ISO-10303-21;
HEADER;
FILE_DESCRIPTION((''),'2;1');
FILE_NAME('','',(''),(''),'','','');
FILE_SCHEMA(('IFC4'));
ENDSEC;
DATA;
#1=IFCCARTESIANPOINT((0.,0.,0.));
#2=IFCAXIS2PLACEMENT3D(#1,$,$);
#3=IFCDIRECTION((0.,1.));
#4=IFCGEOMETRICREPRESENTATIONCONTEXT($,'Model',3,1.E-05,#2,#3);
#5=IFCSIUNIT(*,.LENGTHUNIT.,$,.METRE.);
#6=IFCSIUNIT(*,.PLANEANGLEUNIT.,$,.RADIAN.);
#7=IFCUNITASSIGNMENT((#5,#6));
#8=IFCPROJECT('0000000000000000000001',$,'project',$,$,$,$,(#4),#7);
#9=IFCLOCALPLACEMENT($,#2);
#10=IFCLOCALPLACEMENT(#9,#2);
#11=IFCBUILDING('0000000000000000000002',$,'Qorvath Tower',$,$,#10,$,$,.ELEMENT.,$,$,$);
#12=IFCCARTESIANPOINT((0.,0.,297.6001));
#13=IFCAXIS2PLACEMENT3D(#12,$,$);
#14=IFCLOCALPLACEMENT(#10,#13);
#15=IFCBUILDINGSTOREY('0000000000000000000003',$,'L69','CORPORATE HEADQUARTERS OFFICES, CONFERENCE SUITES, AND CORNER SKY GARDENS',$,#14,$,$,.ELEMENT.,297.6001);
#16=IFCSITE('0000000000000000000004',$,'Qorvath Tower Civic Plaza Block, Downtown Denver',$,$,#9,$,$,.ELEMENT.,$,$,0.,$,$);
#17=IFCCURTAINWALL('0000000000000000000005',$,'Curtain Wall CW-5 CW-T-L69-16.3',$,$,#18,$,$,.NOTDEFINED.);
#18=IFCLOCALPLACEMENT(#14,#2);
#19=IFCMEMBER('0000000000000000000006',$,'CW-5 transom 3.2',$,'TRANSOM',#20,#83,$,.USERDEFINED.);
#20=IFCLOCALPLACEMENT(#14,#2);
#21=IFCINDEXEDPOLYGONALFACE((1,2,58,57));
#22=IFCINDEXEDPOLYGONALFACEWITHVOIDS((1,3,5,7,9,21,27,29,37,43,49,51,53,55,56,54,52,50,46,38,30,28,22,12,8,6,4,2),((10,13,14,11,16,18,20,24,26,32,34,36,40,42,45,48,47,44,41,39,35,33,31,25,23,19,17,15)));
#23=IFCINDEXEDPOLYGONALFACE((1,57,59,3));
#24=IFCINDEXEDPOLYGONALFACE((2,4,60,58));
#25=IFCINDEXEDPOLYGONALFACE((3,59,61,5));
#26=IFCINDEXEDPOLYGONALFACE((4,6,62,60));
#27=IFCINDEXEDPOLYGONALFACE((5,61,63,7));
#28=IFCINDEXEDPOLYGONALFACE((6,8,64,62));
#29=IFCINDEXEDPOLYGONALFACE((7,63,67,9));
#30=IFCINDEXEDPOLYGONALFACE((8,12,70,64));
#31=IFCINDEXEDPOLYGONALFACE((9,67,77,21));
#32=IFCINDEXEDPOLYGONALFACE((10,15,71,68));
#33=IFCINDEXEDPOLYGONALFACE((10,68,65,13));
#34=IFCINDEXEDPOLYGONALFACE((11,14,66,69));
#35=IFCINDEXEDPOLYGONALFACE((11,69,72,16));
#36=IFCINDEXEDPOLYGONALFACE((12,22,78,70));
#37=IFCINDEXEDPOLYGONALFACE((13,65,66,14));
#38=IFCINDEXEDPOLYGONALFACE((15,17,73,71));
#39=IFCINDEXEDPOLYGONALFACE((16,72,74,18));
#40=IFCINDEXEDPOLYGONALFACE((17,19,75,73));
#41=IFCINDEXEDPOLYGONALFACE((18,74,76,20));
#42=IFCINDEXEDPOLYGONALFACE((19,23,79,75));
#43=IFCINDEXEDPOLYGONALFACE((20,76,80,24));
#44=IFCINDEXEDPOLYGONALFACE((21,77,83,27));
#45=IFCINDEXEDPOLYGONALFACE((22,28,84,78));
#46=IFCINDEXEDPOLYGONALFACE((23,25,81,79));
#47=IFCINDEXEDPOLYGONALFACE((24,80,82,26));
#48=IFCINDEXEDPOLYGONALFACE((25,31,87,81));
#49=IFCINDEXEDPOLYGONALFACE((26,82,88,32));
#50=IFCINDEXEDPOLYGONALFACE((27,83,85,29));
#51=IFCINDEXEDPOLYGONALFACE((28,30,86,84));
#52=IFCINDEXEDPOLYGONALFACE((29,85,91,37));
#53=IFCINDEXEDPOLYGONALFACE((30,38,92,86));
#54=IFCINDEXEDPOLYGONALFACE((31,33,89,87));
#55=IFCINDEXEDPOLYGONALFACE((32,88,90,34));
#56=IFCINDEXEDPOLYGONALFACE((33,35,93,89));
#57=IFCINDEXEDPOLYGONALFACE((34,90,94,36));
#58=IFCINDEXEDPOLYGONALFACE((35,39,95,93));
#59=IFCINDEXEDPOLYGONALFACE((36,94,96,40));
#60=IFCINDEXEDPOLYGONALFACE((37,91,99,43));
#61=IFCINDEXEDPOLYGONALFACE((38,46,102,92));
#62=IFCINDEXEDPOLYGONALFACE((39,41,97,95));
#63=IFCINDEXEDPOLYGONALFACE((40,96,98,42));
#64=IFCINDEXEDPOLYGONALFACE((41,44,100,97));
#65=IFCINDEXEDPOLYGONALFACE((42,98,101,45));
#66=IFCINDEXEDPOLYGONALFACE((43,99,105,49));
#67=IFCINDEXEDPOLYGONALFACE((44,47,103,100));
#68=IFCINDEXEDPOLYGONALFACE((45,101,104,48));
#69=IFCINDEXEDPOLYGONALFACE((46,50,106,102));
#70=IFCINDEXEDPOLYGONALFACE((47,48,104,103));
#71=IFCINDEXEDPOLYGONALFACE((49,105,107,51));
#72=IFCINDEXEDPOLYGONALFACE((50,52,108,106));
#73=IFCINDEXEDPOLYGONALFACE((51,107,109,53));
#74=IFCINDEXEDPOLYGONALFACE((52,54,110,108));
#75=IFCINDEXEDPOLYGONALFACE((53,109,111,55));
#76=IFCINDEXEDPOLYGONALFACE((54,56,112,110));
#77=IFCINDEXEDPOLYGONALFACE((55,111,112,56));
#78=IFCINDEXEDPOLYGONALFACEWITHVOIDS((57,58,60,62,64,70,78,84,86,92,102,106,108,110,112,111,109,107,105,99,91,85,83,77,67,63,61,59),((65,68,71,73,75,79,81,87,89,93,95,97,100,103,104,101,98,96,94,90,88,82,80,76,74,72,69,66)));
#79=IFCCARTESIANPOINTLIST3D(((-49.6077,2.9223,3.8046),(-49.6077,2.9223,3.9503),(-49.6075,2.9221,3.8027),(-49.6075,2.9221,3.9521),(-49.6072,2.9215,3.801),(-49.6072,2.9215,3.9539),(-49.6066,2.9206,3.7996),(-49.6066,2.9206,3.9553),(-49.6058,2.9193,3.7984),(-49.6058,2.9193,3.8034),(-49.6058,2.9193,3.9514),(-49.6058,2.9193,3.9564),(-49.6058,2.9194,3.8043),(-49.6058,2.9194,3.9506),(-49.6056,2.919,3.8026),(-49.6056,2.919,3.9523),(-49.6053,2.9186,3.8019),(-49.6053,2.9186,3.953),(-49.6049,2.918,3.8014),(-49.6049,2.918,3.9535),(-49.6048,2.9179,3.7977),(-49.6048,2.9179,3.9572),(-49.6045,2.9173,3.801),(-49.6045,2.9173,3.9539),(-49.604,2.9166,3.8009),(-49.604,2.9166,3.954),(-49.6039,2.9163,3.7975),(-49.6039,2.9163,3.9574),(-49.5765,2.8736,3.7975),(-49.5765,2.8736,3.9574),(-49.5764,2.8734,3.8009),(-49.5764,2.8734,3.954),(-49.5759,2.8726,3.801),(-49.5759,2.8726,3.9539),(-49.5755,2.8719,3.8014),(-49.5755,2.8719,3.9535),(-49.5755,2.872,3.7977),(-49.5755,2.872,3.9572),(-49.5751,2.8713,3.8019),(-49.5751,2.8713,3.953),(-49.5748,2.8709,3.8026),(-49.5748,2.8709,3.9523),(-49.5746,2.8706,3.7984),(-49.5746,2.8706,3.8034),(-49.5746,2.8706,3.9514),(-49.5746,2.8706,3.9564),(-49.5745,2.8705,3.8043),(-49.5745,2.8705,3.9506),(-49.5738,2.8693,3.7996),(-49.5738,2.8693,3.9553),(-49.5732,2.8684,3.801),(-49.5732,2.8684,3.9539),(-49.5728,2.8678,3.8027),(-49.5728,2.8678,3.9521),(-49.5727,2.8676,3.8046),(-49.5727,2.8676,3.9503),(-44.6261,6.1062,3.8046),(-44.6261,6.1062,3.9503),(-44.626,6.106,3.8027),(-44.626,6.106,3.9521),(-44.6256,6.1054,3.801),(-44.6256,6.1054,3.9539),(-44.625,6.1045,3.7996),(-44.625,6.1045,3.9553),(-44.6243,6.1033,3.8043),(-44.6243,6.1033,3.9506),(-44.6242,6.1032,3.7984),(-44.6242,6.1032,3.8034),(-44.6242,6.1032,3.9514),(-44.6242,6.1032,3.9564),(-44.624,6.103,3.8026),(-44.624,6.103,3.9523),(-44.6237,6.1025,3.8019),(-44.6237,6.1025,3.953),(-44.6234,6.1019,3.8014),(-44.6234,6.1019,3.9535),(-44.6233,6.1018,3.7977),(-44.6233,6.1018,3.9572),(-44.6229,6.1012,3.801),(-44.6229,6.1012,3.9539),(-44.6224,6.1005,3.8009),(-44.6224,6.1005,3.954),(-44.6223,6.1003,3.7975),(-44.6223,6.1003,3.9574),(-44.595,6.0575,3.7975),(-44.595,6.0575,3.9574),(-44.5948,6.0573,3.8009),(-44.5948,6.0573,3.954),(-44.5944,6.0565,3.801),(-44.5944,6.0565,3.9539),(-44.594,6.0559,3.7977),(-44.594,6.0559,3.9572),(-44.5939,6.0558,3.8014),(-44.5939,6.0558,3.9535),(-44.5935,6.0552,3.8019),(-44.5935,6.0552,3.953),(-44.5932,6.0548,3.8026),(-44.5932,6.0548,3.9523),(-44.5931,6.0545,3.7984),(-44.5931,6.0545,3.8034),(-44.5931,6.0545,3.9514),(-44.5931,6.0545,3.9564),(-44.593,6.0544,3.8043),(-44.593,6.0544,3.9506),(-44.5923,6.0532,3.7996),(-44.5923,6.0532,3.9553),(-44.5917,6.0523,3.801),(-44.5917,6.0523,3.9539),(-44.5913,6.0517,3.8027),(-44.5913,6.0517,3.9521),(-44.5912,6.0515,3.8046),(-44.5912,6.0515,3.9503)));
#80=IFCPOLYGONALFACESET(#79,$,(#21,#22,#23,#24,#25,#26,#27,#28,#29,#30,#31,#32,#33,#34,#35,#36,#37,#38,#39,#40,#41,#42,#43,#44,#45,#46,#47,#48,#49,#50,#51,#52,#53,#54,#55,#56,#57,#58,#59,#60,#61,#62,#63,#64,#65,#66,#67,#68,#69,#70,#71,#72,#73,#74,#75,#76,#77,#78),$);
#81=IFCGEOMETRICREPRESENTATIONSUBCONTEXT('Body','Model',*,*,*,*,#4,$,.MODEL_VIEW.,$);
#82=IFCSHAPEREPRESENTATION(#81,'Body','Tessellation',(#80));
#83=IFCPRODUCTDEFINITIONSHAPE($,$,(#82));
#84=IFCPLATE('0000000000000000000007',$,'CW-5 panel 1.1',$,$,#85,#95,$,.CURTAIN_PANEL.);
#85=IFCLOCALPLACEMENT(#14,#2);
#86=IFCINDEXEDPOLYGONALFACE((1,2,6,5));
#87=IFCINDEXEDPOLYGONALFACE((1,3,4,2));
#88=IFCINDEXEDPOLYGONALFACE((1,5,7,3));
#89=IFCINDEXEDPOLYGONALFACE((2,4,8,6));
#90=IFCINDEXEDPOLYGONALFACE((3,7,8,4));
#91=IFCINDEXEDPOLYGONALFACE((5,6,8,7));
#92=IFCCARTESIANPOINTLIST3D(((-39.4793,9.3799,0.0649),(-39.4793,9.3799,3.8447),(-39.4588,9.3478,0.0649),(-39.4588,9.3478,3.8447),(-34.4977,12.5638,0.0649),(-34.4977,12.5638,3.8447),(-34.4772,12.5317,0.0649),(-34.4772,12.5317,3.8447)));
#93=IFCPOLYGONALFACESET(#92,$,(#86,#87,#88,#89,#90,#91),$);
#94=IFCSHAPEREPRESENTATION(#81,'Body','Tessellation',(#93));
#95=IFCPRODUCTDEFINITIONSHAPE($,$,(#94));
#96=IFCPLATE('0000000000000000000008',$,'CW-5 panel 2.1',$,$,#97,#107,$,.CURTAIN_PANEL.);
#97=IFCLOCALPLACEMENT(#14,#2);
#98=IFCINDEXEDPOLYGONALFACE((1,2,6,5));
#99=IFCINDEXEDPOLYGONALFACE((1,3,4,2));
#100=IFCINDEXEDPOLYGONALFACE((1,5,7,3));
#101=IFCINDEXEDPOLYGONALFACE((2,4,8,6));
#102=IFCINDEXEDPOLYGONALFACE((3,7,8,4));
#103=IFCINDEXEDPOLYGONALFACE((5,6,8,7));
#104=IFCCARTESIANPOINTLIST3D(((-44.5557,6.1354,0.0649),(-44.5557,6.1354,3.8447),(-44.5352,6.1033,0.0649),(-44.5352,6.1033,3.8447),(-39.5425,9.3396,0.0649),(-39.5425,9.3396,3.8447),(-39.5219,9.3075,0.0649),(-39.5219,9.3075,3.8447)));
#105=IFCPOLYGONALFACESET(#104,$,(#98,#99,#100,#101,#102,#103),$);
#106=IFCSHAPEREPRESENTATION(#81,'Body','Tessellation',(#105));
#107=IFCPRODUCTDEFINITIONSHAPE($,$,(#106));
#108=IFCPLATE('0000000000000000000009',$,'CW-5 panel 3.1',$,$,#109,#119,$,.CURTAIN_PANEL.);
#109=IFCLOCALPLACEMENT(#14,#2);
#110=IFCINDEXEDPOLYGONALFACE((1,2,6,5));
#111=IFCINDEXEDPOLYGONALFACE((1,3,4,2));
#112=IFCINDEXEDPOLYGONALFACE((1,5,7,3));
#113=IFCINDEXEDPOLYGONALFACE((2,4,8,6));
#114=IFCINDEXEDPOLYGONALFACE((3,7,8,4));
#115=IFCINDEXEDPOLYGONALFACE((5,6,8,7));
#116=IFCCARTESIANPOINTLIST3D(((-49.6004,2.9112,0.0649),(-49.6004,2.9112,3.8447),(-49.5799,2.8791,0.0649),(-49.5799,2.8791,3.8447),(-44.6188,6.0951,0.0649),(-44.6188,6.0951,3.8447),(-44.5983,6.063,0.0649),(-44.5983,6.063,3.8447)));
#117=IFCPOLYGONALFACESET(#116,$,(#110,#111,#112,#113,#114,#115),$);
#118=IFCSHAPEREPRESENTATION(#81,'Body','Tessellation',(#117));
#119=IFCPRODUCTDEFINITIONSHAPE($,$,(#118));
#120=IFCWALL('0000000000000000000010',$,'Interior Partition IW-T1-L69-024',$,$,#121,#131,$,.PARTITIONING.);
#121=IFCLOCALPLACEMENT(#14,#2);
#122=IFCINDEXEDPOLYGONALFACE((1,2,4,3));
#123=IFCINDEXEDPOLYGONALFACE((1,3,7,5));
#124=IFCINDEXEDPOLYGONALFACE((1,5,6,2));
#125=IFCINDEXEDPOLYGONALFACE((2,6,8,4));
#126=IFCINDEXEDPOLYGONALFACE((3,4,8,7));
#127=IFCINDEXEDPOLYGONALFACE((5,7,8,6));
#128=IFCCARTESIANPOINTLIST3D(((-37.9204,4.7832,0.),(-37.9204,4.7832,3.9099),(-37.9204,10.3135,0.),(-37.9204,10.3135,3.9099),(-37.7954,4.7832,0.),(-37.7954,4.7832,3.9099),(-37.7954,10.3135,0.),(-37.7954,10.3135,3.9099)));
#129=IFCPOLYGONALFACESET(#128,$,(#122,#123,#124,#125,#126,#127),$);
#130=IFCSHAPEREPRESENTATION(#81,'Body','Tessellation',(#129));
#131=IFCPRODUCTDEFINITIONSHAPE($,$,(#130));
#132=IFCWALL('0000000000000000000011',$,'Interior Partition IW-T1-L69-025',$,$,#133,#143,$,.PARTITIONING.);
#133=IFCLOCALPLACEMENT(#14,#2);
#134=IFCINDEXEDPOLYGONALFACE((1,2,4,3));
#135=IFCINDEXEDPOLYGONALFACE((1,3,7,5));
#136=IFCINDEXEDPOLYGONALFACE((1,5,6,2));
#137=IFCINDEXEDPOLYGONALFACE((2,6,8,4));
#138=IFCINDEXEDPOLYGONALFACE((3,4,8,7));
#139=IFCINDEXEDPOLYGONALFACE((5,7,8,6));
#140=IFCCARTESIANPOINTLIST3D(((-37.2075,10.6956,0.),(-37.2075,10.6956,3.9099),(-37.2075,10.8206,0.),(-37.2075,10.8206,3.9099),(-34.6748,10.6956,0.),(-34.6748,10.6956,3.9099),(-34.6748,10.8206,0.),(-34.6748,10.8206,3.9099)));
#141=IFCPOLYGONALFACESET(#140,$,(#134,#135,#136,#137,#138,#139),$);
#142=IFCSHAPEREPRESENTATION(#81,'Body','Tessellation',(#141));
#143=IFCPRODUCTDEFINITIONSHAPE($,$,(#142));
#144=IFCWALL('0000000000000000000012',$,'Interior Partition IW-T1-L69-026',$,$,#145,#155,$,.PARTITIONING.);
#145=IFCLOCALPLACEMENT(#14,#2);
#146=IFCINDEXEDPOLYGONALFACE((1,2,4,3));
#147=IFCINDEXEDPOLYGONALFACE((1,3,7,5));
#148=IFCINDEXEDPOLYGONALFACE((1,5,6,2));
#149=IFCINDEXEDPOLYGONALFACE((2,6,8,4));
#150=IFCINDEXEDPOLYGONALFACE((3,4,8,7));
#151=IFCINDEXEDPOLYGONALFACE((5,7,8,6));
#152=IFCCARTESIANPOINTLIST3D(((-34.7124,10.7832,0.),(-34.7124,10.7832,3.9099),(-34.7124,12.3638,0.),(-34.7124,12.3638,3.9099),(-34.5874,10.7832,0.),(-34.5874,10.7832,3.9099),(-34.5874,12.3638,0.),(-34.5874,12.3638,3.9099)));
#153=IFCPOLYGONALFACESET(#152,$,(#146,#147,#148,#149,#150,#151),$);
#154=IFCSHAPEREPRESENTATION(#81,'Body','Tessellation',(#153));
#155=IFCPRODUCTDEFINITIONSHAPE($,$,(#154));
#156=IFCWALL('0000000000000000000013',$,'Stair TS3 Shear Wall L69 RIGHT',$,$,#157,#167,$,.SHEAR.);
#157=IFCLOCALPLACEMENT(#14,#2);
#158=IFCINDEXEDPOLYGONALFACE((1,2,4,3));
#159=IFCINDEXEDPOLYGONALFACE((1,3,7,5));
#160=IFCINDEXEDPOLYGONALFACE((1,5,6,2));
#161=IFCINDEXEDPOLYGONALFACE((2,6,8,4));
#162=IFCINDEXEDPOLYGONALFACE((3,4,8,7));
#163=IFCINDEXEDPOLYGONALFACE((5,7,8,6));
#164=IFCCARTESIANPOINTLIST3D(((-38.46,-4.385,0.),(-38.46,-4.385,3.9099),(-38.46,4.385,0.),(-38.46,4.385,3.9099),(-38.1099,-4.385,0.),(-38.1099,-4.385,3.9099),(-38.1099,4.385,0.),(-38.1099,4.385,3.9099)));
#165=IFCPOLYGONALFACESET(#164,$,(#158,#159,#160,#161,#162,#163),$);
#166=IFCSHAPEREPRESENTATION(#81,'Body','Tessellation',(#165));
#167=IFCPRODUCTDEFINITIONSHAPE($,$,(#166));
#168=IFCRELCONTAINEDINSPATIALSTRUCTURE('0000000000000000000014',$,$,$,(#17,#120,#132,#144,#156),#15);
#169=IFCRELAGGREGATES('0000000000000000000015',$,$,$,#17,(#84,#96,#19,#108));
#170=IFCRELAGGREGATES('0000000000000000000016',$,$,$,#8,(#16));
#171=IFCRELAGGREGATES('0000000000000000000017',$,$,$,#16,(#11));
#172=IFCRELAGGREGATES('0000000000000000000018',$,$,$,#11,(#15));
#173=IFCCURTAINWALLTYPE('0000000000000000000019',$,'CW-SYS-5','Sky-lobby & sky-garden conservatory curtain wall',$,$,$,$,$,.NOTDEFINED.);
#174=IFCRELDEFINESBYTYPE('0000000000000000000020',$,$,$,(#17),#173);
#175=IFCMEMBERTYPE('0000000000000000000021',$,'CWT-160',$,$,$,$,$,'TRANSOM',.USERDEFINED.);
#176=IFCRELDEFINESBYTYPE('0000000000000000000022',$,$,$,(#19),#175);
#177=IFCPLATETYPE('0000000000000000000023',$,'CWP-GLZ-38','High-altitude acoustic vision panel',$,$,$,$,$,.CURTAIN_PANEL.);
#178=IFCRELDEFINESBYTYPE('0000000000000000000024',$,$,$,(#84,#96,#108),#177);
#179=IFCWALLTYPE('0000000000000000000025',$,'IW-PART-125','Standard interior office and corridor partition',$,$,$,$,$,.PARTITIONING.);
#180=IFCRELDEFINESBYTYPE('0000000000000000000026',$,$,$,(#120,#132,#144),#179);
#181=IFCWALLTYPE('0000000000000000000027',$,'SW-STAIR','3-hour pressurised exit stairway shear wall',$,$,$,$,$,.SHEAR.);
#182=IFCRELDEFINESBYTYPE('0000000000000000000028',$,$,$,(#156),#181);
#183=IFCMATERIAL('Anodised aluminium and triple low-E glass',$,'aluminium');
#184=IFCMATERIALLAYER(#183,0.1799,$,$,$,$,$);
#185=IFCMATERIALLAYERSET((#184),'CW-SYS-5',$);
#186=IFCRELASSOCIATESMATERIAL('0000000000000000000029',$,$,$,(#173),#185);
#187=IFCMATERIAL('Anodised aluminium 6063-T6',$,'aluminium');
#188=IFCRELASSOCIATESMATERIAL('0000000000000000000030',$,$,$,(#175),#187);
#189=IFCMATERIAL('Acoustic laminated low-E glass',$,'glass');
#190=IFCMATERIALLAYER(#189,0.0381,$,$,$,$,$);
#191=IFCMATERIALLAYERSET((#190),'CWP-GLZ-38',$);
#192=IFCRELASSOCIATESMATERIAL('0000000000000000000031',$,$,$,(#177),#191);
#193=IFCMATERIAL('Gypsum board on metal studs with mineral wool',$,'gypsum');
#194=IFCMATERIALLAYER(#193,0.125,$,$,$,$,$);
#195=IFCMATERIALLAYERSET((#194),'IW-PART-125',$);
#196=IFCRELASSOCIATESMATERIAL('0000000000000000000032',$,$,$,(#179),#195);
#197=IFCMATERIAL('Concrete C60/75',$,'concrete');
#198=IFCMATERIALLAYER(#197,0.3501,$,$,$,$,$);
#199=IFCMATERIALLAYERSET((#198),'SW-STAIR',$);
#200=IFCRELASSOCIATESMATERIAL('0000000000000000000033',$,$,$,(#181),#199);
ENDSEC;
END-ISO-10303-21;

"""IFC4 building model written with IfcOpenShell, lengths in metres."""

from ifc_helpers import new_model, si_unit, direction, frame, frame_2d, origin, origin_2d, place, context, subcontext, project, spatial, rectangle, hollow_rectangle, extrude, material, layer, layer_set, material_profile, profile_set, type_object, element, aggregate, save


model = new_model("IFC4")

# Units and contexts
model_context = context("Model", 3, precision=1e-05, world=origin(), true_north=direction((0.0, 1.0)))
body_context = subcontext(model_context, "Body", "Model", "MODEL_VIEW")
ifc_project = project(units=[si_unit("LENGTHUNIT", "METRE"), si_unit("PLANEANGLEUNIT", "RADIAN")], contexts=[model_context])

# Site, building, storey
site_placement = place(None, origin())
site = spatial("IfcSite", under=ifc_project, at=site_placement, Name="Qorvath Tower Civic Plaza Block, Downtown Denver", CompositionType="ELEMENT", RefElevation=0.0)
building_placement = place(site_placement, origin())
building = spatial("IfcBuilding", under=site, at=building_placement, Name="Qorvath Tower", CompositionType="ELEMENT")
storey_placement = place(building_placement, frame((0.0, 0.0, 297.6001)))
storey = spatial("IfcBuildingStorey", under=building, at=storey_placement, Name="L69", Description="CORPORATE HEADQUARTERS OFFICES, CONFERENCE SUITES, AND CORNER SKY GARDENS", CompositionType="ELEMENT", Elevation=297.6001)

# Curtain wall, member, plates
ifc_material_1 = material(Name="Anodised aluminium and triple low-E glass", Category="aluminium")
ifc_layer_1 = layer(ifc_material_1, 0.1799)
ifc_layer_set_1 = layer_set([ifc_layer_1], Name="CW-SYS-5")
curtain_wall_type = type_object("IfcCurtainWallType", Name="CW-SYS-5", Description="Sky-lobby & sky-garden conservatory curtain wall", PredefinedType="NOTDEFINED", material=ifc_layer_set_1)
curtain_wall_placement = place(storey_placement, origin())
curtain_wall = element("IfcCurtainWall", 1, at=curtain_wall_placement, inside=storey, type_object=curtain_wall_type, Name="Curtain Wall CW-5 CW-T-L69-16.3", PredefinedType="NOTDEFINED")
ifc_material_2 = material(Name="Anodised aluminium 6063-T6", Category="aluminium")
ifc_material_profile_1 = material_profile(ifc_material_2, hollow_rectangle(XDim=0.0649, YDim=0.1599, WallThickness=0.0034, InnerFilletRadius=0.0034, OuterFilletRadius=0.0071, at=origin_2d()), Name="CWT 160x65")
ifc_profile_set_1 = profile_set([ifc_material_profile_1], Name="Anodised aluminium 6063-T6")
member_type_1 = type_object("IfcMemberType", Name="CWT-160", ElementType="TRANSOM", PredefinedType="USERDEFINED", material=ifc_profile_set_1)
member_1_placement = place(storey_placement, frame((-44.6086, 6.0789, 3.8774), z_axis=(-0.8426, -0.538539, 0.0), x_axis=(0.538539, -0.8426, 0.0)))
member_1 = element("IfcMember", 2, at=member_1_placement, type_object=member_type_1, Name="CW-5 transom 3.2", ObjectType="TRANSOM", PredefinedType="USERDEFINED", context=body_context, shape_type="SweptSolid", body=[
    extrude(hollow_rectangle(XDim=0.0649, YDim=0.1599, WallThickness=0.0034, InnerFilletRadius=0.0034, OuterFilletRadius=0.0071, at=origin_2d()), origin(), (0.0, 0.0, 1.0), 5.9121),
])
ifc_material_3 = material(Name="Acoustic laminated low-E glass", Category="glass")
ifc_layer_2 = layer(ifc_material_3, 0.0381)
ifc_layer_set_2 = layer_set([ifc_layer_2], Name="CWP-GLZ-38")
plate_type = type_object("IfcPlateType", Name="CWP-GLZ-38", Description="High-altitude acoustic vision panel", PredefinedType="CURTAIN_PANEL", material=ifc_layer_set_2)
plate_1_placement = place(storey_placement, frame((-36.9783, 10.9558, 0.0649), z_axis=(0.0, 0.0, 1.0), x_axis=(-0.842602, -0.538537, 0.0)))
plate_1 = element("IfcPlate", 3, at=plate_1_placement, type_object=plate_type, Name="CW-5 panel 1.1", PredefinedType="CURTAIN_PANEL", context=body_context, shape_type="SweptSolid", body=[
    extrude(rectangle(XDim=5.9121, YDim=0.0381, at=origin_2d()), origin(), (0.0, 0.0, 1.0), 3.7798),
])
plate_2_placement = place(storey_placement, frame((-42.0388, 7.7214, 0.0649), z_axis=(0.0, 0.0, 1.0), x_axis=(-0.842602, -0.538537, 0.0)))
plate_2 = element("IfcPlate", 4, at=plate_2_placement, type_object=plate_type, Name="CW-5 panel 2.1", PredefinedType="CURTAIN_PANEL", context=body_context, shape_type="SweptSolid", body=[
    extrude(rectangle(XDim=5.9497, YDim=0.0381, at=origin_2d()), origin(), (0.0, 0.0, 1.0), 3.7798),
])
plate_3_placement = place(storey_placement, frame((-47.0994, 4.4871, 0.0649), z_axis=(0.0, 0.0, 1.0), x_axis=(-0.842602, -0.538537, 0.0)))
plate_3 = element("IfcPlate", 5, at=plate_3_placement, type_object=plate_type, Name="CW-5 panel 3.1", PredefinedType="CURTAIN_PANEL", context=body_context, shape_type="SweptSolid", body=[
    extrude(rectangle(XDim=5.9121, YDim=0.0381, at=origin_2d()), origin(), (0.0, 0.0, 1.0), 3.7798),
])
aggregate(curtain_wall, [plate_1, plate_2, member_1, plate_3])

# Walls
ifc_material_4 = material(Name="Gypsum board on metal studs with mineral wool", Category="gypsum")
ifc_layer_3 = layer(ifc_material_4, 0.125)
ifc_layer_set_3 = layer_set([ifc_layer_3], Name="IW-PART-125")
wall_type_1 = type_object("IfcWallType", Name="IW-PART-125", Description="Standard interior office and corridor partition", PredefinedType="PARTITIONING", material=ifc_layer_set_3)
wall_1_placement = place(storey_placement, frame((-37.8579, 4.7832, 0.0), z_axis=(0.0, 0.0, 1.0), x_axis=(0.0, 1.0, 0.0)))
element("IfcWall", 6, at=wall_1_placement, inside=storey, type_object=wall_type_1, Name="Interior Partition IW-T1-L69-024", PredefinedType="PARTITIONING", context=body_context, shape_type="SweptSolid", body=[
    extrude(rectangle(XDim=5.5303, YDim=0.125, at=frame_2d((2.7651, 0.0))), origin(), (0.0, 0.0, 1.0), 3.9099),
])
wall_2_placement = place(storey_placement, frame((-34.6748, 10.7581, 0.0), z_axis=(0.0, 0.0, 1.0), x_axis=(-1.0, 0.0, 0.0)))
element("IfcWall", 7, at=wall_2_placement, inside=storey, type_object=wall_type_1, Name="Interior Partition IW-T1-L69-025", PredefinedType="PARTITIONING", context=body_context, shape_type="SweptSolid", body=[
    extrude(rectangle(XDim=2.5327, YDim=0.125, at=frame_2d((1.2664, 0.0))), origin(), (0.0, 0.0, 1.0), 3.9099),
])
wall_3_placement = place(storey_placement, frame((-34.6499, 10.7832, 0.0), z_axis=(0.0, 0.0, 1.0), x_axis=(0.0, 1.0, 0.0)))
element("IfcWall", 8, at=wall_3_placement, inside=storey, type_object=wall_type_1, Name="Interior Partition IW-T1-L69-026", PredefinedType="PARTITIONING", context=body_context, shape_type="SweptSolid", body=[
    extrude(rectangle(XDim=1.5806, YDim=0.125, at=frame_2d((0.7903, 0.0))), origin(), (0.0, 0.0, 1.0), 3.9099),
])
ifc_material_5 = material(Name="Concrete C60/75", Category="concrete")
ifc_layer_4 = layer(ifc_material_5, 0.3501)
ifc_layer_set_4 = layer_set([ifc_layer_4], Name="SW-STAIR")
wall_type_2 = type_object("IfcWallType", Name="SW-STAIR", Description="3-hour pressurised exit stairway shear wall", PredefinedType="SHEAR", material=ifc_layer_set_4)
wall_4_placement = place(storey_placement, frame((-38.2849, 4.385, 0.0), z_axis=(0.0, 0.0, 1.0), x_axis=(0.0, -1.0, 0.0)))
element("IfcWall", 9, at=wall_4_placement, inside=storey, type_object=wall_type_2, Name="Stair TS3 Shear Wall L69 RIGHT", PredefinedType="SHEAR", context=body_context, shape_type="SweptSolid", body=[
    extrude(rectangle(XDim=8.77, YDim=0.3501, at=frame_2d((4.385, 0.0))), origin(), (0.0, 0.0, 1.0), 3.9099),
])

save(model, "model.ifc")
